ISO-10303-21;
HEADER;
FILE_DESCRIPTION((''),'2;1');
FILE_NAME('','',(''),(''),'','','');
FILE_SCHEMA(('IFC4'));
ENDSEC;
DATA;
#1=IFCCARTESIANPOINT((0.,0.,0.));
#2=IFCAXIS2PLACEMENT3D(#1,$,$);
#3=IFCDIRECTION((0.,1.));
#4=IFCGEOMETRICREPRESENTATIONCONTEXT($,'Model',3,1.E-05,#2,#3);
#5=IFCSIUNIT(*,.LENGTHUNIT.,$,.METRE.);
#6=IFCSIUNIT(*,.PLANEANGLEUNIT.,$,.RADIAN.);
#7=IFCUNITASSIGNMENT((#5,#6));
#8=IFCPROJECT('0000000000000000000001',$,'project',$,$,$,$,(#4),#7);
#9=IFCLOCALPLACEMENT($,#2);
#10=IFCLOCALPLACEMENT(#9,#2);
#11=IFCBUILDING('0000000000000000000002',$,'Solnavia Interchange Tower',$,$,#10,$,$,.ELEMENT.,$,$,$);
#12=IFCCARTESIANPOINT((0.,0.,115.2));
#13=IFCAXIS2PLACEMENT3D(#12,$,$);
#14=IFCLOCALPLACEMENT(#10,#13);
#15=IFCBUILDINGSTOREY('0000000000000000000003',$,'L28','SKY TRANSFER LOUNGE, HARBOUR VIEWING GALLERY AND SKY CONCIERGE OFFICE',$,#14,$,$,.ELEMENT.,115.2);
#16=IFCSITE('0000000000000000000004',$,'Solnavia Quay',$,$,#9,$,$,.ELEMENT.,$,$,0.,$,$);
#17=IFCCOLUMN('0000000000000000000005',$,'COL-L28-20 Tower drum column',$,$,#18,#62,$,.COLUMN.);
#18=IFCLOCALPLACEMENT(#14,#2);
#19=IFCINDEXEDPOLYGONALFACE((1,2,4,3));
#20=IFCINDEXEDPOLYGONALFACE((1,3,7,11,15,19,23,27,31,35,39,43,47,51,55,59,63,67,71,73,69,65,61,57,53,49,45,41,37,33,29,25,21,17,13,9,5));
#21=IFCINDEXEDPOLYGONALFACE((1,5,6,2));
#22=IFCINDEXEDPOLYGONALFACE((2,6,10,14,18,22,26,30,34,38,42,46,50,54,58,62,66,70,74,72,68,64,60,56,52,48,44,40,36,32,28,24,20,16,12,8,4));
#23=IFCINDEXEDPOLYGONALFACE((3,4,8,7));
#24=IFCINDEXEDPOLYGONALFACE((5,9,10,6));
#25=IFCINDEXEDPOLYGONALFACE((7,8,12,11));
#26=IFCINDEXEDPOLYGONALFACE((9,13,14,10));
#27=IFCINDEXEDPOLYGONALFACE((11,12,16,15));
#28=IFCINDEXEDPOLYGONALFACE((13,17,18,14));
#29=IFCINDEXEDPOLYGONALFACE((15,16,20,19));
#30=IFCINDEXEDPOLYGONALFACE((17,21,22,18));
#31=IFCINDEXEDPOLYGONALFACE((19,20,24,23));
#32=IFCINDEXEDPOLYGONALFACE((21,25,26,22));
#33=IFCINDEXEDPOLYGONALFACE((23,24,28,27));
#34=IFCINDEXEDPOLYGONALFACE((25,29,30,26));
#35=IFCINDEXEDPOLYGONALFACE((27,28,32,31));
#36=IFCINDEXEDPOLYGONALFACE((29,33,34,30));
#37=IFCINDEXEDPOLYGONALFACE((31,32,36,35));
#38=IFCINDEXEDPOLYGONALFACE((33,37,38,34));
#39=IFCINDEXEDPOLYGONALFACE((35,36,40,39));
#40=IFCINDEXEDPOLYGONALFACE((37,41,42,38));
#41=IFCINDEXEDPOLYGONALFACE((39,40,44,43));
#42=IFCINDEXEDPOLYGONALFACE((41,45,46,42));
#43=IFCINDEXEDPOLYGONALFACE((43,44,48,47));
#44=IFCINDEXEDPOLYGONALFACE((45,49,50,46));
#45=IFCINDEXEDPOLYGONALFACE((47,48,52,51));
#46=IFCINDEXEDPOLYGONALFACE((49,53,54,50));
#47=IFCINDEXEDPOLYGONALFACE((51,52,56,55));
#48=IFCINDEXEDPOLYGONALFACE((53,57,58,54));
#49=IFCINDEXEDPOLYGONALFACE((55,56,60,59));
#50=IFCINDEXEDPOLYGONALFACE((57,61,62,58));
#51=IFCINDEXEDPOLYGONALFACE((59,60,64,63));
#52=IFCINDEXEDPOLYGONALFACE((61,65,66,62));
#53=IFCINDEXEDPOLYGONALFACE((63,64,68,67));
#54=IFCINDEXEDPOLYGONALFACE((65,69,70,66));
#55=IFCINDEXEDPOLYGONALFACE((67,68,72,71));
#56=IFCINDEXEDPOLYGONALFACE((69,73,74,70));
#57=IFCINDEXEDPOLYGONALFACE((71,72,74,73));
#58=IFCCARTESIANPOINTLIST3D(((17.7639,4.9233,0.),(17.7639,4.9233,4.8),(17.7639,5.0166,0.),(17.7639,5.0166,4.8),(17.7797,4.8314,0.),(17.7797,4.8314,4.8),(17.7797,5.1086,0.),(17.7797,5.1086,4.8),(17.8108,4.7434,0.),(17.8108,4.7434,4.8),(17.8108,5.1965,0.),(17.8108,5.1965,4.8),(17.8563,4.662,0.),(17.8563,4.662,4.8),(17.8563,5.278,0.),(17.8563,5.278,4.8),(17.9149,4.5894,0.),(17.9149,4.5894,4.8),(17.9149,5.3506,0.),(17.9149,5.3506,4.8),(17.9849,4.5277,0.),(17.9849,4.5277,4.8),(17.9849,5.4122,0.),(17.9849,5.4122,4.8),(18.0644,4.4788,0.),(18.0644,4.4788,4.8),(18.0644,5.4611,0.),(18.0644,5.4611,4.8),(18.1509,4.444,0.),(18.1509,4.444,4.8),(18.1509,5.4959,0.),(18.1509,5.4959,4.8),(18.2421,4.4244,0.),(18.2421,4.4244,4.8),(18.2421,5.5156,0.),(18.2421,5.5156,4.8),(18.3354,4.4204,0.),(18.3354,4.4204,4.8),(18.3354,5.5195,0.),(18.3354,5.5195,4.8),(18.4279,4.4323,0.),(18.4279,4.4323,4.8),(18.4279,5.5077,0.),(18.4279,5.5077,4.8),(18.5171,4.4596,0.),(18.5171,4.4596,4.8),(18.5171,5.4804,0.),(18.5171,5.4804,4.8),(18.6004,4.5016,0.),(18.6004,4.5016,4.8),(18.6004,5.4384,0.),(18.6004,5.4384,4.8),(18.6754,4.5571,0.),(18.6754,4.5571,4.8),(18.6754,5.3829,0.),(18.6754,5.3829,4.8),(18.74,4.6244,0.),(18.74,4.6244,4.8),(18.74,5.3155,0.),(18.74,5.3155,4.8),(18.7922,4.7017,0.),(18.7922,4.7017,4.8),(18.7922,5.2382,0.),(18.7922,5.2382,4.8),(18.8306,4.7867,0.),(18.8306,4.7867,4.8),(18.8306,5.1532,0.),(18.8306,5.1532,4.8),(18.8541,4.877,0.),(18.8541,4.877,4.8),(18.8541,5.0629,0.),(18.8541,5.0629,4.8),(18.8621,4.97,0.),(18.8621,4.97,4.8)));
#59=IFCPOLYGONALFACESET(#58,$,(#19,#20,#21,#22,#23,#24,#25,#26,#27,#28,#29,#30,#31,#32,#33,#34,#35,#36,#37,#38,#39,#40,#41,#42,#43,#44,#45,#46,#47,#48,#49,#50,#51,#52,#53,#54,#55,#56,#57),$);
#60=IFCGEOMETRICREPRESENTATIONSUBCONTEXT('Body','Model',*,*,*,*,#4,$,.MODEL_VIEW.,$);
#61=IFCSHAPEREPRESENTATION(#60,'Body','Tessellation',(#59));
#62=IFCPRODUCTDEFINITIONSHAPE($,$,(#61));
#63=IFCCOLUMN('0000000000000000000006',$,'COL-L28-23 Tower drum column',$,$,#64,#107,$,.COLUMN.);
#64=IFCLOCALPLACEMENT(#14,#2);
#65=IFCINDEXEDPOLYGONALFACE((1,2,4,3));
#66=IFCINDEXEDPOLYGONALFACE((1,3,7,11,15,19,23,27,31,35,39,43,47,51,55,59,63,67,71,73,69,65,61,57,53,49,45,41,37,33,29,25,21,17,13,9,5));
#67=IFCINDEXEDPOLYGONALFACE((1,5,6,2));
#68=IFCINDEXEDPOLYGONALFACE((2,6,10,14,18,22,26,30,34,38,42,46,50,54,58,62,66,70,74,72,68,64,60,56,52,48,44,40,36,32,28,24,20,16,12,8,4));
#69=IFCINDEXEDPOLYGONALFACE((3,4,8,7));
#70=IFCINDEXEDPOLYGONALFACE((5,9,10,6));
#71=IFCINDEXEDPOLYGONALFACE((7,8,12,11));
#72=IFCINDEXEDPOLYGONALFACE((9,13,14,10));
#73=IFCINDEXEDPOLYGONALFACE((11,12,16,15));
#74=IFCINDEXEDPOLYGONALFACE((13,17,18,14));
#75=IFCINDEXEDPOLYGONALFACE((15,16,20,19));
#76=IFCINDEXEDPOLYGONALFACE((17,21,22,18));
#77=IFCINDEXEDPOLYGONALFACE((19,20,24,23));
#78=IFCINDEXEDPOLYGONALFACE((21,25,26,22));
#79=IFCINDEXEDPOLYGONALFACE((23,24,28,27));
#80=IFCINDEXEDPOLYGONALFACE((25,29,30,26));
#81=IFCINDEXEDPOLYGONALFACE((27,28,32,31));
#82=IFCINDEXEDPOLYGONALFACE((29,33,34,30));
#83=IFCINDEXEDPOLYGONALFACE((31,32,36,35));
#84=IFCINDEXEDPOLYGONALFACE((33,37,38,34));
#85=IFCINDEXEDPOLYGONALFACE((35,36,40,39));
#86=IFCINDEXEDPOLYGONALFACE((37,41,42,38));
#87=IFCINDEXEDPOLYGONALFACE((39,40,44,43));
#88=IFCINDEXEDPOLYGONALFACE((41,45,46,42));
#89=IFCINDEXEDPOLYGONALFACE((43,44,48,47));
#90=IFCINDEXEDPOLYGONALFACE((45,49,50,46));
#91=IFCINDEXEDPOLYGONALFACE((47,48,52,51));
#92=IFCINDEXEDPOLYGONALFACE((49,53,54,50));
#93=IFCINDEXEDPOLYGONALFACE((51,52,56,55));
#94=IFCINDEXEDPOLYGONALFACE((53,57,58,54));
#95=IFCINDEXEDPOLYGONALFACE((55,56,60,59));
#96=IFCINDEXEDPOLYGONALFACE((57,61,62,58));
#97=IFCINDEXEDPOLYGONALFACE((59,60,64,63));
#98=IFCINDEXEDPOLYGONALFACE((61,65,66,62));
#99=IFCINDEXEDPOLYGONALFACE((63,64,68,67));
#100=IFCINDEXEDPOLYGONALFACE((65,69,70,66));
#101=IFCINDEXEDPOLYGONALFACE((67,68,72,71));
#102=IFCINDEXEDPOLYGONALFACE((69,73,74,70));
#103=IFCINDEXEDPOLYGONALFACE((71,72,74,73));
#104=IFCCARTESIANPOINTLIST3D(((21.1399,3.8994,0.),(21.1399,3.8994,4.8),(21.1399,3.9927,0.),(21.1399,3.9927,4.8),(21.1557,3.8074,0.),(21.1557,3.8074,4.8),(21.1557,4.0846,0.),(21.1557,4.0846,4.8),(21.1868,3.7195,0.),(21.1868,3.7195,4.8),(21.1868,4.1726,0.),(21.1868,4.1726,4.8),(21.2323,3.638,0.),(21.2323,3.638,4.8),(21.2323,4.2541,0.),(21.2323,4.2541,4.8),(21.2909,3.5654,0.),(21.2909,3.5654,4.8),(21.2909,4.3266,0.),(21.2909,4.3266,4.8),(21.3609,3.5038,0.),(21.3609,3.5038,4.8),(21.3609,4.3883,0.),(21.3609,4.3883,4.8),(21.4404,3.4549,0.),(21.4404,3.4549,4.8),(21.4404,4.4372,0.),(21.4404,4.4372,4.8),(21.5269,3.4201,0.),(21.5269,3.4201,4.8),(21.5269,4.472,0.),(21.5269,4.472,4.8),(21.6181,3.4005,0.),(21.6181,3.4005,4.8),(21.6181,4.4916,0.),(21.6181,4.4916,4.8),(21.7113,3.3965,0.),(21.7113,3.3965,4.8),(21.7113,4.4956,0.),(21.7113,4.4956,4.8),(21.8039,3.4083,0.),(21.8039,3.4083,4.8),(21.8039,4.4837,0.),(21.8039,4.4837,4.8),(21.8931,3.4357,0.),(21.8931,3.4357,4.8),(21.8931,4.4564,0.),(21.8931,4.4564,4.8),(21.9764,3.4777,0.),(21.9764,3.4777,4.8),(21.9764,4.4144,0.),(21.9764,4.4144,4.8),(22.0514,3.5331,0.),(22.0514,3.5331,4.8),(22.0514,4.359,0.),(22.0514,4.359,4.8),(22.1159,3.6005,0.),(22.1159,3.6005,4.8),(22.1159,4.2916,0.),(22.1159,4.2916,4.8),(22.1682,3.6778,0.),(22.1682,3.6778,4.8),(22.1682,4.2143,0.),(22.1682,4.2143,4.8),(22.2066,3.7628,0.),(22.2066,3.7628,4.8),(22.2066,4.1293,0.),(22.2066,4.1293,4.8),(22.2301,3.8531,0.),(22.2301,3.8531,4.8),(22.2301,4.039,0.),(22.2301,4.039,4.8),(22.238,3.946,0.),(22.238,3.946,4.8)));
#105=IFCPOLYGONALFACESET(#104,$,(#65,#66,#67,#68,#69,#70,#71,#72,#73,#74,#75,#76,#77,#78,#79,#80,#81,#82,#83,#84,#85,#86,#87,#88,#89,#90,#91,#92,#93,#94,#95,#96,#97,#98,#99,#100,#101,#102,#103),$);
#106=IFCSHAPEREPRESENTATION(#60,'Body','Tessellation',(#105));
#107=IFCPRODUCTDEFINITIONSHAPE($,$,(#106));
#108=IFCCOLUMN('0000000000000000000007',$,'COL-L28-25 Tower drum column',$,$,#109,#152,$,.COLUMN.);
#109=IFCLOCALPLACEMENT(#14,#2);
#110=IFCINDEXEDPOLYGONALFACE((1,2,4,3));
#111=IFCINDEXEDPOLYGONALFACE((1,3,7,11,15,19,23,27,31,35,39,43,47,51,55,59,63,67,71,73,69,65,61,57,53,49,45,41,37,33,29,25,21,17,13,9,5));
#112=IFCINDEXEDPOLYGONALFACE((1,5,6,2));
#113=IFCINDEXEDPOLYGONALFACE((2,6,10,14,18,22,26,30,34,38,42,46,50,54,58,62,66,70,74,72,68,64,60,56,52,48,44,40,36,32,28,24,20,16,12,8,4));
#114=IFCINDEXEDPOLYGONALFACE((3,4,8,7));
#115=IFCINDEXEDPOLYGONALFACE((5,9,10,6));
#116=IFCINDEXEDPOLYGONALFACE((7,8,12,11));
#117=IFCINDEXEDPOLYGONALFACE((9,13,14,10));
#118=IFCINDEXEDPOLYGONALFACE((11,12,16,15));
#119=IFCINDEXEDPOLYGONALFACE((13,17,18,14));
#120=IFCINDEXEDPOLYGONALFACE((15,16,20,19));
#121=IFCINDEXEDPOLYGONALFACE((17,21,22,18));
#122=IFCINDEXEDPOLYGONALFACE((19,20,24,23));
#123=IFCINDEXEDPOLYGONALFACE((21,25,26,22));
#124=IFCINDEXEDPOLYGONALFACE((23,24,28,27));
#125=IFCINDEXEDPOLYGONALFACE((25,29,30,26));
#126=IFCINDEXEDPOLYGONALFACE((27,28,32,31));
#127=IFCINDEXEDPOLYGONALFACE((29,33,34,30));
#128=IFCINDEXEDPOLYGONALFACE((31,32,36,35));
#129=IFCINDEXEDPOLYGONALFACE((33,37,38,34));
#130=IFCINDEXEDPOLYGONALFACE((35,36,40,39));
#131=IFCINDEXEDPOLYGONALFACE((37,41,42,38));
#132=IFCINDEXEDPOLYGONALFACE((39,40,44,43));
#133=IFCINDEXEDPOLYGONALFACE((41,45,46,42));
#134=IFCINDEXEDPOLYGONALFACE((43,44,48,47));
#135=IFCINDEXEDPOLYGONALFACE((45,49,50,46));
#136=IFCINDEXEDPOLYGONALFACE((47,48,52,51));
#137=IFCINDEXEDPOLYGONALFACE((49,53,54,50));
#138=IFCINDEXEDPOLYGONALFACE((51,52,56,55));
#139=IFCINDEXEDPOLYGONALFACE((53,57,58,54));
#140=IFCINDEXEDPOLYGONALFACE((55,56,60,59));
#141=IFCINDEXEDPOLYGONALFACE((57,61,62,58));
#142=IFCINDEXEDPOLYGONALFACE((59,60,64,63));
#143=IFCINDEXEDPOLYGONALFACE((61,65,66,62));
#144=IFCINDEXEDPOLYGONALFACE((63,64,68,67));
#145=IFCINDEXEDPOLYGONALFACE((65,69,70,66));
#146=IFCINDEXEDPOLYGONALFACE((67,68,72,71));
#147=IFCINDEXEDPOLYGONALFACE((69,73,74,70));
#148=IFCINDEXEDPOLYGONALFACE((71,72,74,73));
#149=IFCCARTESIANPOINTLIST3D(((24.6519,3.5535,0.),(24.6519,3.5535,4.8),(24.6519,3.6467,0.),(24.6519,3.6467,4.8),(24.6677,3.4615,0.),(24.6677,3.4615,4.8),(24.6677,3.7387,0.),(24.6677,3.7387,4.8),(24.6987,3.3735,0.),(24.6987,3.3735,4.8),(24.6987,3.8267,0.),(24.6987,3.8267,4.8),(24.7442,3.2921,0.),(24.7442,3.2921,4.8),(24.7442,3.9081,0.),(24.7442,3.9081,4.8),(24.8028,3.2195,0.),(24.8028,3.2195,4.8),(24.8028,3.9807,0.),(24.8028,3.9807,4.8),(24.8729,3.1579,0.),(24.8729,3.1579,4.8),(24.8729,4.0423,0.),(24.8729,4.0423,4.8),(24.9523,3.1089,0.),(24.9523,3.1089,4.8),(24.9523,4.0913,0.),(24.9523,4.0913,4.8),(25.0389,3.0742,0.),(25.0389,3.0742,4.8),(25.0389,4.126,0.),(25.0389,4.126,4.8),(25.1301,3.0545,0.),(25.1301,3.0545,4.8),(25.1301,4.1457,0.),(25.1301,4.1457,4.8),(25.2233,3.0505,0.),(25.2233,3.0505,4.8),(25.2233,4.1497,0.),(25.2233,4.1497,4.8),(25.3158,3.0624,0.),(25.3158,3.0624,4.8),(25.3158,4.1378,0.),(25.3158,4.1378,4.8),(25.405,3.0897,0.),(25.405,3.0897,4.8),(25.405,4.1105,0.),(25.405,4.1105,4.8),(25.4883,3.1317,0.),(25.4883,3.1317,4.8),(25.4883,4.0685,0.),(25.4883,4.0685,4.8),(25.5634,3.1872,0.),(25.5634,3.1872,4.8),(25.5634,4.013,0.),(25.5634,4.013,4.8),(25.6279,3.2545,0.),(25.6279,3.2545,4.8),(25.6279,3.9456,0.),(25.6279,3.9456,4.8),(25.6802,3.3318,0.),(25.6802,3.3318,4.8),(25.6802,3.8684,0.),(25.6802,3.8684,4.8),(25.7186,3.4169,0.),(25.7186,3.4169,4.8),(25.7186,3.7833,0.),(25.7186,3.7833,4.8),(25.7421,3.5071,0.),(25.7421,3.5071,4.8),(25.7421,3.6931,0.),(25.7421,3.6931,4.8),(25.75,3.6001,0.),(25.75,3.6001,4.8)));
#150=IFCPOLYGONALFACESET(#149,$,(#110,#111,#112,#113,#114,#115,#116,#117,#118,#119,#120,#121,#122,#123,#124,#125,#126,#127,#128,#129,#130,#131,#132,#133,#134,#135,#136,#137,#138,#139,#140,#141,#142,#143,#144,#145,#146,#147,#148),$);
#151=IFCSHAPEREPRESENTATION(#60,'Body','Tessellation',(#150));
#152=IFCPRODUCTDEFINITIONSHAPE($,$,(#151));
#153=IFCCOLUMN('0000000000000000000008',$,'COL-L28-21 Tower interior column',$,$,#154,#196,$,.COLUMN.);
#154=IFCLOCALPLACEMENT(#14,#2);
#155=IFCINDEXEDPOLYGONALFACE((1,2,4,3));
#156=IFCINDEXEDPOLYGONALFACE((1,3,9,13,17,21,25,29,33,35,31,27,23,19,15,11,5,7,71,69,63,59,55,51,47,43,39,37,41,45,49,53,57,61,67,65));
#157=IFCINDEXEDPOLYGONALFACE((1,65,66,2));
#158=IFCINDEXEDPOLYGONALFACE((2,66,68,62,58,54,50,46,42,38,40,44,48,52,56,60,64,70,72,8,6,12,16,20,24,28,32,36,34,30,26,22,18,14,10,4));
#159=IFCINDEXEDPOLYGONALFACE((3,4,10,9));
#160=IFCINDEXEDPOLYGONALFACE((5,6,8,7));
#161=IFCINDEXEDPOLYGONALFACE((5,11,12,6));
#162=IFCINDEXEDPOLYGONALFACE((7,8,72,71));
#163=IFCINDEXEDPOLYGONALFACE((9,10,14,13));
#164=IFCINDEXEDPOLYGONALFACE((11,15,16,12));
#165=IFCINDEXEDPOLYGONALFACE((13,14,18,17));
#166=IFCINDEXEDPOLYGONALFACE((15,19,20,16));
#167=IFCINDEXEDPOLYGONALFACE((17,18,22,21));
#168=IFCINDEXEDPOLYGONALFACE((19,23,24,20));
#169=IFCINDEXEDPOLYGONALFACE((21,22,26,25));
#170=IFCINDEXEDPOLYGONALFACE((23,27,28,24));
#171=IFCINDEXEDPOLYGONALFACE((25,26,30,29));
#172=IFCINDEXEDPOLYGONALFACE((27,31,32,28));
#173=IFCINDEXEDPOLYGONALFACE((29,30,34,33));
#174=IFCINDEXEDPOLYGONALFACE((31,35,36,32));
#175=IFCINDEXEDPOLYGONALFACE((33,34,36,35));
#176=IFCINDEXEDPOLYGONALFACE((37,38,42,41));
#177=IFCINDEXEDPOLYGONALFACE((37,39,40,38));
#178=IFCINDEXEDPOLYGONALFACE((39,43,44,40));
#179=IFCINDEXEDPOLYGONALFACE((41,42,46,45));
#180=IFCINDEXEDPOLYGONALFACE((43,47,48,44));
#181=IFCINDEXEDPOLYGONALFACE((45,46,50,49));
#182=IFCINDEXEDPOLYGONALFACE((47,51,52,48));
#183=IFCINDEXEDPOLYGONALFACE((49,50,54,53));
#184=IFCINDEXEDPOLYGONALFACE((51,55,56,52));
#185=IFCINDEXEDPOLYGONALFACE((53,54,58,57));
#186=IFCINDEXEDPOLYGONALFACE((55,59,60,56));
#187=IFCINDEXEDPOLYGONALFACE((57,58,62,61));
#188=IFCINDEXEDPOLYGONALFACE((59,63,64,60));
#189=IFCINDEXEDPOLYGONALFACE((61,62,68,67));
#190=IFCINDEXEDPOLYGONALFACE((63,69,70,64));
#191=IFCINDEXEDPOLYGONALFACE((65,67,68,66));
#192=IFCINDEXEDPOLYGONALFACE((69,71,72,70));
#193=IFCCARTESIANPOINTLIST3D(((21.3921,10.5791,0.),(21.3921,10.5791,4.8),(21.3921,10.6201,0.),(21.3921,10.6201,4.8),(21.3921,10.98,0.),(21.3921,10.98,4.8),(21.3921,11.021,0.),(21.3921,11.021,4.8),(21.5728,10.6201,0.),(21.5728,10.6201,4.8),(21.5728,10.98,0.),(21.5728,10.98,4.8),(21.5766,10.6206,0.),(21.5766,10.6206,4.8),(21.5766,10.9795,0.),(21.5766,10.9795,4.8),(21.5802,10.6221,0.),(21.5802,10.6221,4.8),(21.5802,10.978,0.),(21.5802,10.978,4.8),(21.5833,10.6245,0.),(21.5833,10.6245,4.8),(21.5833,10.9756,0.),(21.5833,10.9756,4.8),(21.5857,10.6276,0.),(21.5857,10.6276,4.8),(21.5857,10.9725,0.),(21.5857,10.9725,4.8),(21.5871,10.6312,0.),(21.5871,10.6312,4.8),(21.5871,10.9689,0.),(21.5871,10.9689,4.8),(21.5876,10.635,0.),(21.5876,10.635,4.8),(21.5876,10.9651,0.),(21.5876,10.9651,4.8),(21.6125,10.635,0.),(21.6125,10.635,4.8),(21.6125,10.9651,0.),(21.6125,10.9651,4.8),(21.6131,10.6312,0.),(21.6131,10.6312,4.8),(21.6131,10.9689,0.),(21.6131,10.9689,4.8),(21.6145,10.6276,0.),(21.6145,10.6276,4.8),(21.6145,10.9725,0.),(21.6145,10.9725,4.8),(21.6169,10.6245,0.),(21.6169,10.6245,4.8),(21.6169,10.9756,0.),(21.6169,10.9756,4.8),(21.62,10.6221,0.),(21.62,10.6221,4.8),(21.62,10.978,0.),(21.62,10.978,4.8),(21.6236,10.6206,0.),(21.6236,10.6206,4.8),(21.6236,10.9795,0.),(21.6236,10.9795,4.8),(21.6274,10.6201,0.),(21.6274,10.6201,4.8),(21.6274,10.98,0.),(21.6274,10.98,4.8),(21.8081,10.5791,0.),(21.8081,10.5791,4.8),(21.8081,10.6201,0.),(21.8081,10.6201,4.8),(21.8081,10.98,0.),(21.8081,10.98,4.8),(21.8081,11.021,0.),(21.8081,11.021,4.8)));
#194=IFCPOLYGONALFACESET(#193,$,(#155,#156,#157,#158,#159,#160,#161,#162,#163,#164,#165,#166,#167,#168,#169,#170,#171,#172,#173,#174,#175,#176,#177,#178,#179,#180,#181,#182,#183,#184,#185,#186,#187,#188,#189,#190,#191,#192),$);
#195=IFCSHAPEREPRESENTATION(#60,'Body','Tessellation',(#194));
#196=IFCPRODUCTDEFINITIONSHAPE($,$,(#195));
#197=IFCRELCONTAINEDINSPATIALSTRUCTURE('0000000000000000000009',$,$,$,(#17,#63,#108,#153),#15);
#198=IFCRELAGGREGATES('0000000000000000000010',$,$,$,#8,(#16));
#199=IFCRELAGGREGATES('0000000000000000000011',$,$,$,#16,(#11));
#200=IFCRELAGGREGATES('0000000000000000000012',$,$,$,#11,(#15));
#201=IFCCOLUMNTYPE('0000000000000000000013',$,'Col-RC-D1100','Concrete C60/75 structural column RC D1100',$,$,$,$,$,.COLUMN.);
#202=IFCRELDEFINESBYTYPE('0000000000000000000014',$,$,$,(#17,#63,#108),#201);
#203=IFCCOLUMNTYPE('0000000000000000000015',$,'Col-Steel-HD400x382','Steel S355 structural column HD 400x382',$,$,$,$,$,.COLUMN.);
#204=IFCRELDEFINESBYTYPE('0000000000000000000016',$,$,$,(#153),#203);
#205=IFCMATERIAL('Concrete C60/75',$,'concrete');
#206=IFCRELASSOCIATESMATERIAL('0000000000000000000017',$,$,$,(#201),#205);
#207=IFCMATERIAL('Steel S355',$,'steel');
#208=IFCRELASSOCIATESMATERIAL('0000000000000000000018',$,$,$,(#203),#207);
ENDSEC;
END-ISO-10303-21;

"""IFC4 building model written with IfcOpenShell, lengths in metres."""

from ifc_helpers import new_model, si_unit, direction, frame, origin, origin_2d, place, context, subcontext, project, spatial, circle, i_section, extrude, material, material_profile, profile_set, type_object, element, save


model = new_model("IFC4")

# Units and contexts
model_context = context("Model", 3, precision=1e-05, world=origin(), true_north=direction((0.0, 1.0)))
body_context = subcontext(model_context, "Body", "Model", "MODEL_VIEW")
ifc_project = project(units=[si_unit("LENGTHUNIT", "METRE"), si_unit("PLANEANGLEUNIT", "RADIAN")], contexts=[model_context])

# Site, building, storey
site_placement = place(None, origin())
site = spatial("IfcSite", under=ifc_project, at=site_placement, Name="Solnavia Quay", CompositionType="ELEMENT", RefElevation=0.0)
building_placement = place(site_placement, origin())
building = spatial("IfcBuilding", under=site, at=building_placement, Name="Solnavia Interchange Tower", CompositionType="ELEMENT")
storey_placement = place(building_placement, frame((0.0, 0.0, 115.2)))
storey = spatial("IfcBuildingStorey", under=building, at=storey_placement, Name="L28", Description="SKY TRANSFER LOUNGE, HARBOUR VIEWING GALLERY AND SKY CONCIERGE OFFICE", CompositionType="ELEMENT", Elevation=115.2)

# Columns
ifc_material_1 = material(Name="Concrete C60/75", Category="concrete")
ifc_material_profile_1 = material_profile(ifc_material_1, circle(Radius=0.55, at=origin_2d()), Name="RC D1100")
ifc_profile_set_1 = profile_set([ifc_material_profile_1], Name="Concrete C60/75")
column_type_1 = type_object("IfcColumnType", Name="Col-RC-D1100", Description="Concrete C60/75 structural column RC D1100", PredefinedType="COLUMN", material=ifc_profile_set_1)
for number, where, z_axis, x_axis, name in (
    (1, (18.312, 4.97, 0.0), (0.0, 0.0, 1.0), (1.0, 0.0, 0.0), "COL-L28-20 Tower drum column"),
    (2, (21.688, 3.946, 0.0), (0.0, 0.0, 1.0), (1.0, 0.0, 0.0), "COL-L28-23 Tower drum column"),
    (3, (25.2, 3.6001, 0.0), (0.0, 0.0, 1.0), (1.0, 0.0, 0.0), "COL-L28-25 Tower drum column"),
):
    element("IfcColumn", number, at=place(storey_placement, frame(where, z_axis=z_axis, x_axis=x_axis)), inside=storey, type_object=column_type_1, Name=name, PredefinedType="COLUMN", context=body_context, shape_type="SweptSolid", body=[
        extrude(circle(Radius=0.55, at=origin_2d()), origin(), (0.0, 0.0, 1.0), 4.8),
    ])
ifc_material_2 = material(Name="Steel S355", Category="steel")
ifc_material_profile_2 = material_profile(ifc_material_2, i_section(OverallWidth=0.416, OverallDepth=0.4419, WebThickness=0.0249, FlangeThickness=0.041, FilletRadius=0.0149, at=origin_2d()), Name="HD 400x382")
ifc_profile_set_2 = profile_set([ifc_material_profile_2], Name="Steel S355")
column_type_2 = type_object("IfcColumnType", Name="Col-Steel-HD400x382", Description="Steel S355 structural column HD 400x382", PredefinedType="COLUMN", material=ifc_profile_set_2)
column_placement = place(storey_placement, frame((21.6001, 10.8, 0.0), z_axis=(0.0, 0.0, 1.0), x_axis=(1.0, 0.0, 0.0)))
element("IfcColumn", 4, at=column_placement, inside=storey, type_object=column_type_2, Name="COL-L28-21 Tower interior column", PredefinedType="COLUMN", context=body_context, shape_type="SweptSolid", body=[
    extrude(i_section(OverallWidth=0.416, OverallDepth=0.4419, WebThickness=0.0249, FlangeThickness=0.041, FilletRadius=0.0149, at=origin_2d()), origin(), (0.0, 0.0, 1.0), 4.8),
])

save(model, "model.ifc")
